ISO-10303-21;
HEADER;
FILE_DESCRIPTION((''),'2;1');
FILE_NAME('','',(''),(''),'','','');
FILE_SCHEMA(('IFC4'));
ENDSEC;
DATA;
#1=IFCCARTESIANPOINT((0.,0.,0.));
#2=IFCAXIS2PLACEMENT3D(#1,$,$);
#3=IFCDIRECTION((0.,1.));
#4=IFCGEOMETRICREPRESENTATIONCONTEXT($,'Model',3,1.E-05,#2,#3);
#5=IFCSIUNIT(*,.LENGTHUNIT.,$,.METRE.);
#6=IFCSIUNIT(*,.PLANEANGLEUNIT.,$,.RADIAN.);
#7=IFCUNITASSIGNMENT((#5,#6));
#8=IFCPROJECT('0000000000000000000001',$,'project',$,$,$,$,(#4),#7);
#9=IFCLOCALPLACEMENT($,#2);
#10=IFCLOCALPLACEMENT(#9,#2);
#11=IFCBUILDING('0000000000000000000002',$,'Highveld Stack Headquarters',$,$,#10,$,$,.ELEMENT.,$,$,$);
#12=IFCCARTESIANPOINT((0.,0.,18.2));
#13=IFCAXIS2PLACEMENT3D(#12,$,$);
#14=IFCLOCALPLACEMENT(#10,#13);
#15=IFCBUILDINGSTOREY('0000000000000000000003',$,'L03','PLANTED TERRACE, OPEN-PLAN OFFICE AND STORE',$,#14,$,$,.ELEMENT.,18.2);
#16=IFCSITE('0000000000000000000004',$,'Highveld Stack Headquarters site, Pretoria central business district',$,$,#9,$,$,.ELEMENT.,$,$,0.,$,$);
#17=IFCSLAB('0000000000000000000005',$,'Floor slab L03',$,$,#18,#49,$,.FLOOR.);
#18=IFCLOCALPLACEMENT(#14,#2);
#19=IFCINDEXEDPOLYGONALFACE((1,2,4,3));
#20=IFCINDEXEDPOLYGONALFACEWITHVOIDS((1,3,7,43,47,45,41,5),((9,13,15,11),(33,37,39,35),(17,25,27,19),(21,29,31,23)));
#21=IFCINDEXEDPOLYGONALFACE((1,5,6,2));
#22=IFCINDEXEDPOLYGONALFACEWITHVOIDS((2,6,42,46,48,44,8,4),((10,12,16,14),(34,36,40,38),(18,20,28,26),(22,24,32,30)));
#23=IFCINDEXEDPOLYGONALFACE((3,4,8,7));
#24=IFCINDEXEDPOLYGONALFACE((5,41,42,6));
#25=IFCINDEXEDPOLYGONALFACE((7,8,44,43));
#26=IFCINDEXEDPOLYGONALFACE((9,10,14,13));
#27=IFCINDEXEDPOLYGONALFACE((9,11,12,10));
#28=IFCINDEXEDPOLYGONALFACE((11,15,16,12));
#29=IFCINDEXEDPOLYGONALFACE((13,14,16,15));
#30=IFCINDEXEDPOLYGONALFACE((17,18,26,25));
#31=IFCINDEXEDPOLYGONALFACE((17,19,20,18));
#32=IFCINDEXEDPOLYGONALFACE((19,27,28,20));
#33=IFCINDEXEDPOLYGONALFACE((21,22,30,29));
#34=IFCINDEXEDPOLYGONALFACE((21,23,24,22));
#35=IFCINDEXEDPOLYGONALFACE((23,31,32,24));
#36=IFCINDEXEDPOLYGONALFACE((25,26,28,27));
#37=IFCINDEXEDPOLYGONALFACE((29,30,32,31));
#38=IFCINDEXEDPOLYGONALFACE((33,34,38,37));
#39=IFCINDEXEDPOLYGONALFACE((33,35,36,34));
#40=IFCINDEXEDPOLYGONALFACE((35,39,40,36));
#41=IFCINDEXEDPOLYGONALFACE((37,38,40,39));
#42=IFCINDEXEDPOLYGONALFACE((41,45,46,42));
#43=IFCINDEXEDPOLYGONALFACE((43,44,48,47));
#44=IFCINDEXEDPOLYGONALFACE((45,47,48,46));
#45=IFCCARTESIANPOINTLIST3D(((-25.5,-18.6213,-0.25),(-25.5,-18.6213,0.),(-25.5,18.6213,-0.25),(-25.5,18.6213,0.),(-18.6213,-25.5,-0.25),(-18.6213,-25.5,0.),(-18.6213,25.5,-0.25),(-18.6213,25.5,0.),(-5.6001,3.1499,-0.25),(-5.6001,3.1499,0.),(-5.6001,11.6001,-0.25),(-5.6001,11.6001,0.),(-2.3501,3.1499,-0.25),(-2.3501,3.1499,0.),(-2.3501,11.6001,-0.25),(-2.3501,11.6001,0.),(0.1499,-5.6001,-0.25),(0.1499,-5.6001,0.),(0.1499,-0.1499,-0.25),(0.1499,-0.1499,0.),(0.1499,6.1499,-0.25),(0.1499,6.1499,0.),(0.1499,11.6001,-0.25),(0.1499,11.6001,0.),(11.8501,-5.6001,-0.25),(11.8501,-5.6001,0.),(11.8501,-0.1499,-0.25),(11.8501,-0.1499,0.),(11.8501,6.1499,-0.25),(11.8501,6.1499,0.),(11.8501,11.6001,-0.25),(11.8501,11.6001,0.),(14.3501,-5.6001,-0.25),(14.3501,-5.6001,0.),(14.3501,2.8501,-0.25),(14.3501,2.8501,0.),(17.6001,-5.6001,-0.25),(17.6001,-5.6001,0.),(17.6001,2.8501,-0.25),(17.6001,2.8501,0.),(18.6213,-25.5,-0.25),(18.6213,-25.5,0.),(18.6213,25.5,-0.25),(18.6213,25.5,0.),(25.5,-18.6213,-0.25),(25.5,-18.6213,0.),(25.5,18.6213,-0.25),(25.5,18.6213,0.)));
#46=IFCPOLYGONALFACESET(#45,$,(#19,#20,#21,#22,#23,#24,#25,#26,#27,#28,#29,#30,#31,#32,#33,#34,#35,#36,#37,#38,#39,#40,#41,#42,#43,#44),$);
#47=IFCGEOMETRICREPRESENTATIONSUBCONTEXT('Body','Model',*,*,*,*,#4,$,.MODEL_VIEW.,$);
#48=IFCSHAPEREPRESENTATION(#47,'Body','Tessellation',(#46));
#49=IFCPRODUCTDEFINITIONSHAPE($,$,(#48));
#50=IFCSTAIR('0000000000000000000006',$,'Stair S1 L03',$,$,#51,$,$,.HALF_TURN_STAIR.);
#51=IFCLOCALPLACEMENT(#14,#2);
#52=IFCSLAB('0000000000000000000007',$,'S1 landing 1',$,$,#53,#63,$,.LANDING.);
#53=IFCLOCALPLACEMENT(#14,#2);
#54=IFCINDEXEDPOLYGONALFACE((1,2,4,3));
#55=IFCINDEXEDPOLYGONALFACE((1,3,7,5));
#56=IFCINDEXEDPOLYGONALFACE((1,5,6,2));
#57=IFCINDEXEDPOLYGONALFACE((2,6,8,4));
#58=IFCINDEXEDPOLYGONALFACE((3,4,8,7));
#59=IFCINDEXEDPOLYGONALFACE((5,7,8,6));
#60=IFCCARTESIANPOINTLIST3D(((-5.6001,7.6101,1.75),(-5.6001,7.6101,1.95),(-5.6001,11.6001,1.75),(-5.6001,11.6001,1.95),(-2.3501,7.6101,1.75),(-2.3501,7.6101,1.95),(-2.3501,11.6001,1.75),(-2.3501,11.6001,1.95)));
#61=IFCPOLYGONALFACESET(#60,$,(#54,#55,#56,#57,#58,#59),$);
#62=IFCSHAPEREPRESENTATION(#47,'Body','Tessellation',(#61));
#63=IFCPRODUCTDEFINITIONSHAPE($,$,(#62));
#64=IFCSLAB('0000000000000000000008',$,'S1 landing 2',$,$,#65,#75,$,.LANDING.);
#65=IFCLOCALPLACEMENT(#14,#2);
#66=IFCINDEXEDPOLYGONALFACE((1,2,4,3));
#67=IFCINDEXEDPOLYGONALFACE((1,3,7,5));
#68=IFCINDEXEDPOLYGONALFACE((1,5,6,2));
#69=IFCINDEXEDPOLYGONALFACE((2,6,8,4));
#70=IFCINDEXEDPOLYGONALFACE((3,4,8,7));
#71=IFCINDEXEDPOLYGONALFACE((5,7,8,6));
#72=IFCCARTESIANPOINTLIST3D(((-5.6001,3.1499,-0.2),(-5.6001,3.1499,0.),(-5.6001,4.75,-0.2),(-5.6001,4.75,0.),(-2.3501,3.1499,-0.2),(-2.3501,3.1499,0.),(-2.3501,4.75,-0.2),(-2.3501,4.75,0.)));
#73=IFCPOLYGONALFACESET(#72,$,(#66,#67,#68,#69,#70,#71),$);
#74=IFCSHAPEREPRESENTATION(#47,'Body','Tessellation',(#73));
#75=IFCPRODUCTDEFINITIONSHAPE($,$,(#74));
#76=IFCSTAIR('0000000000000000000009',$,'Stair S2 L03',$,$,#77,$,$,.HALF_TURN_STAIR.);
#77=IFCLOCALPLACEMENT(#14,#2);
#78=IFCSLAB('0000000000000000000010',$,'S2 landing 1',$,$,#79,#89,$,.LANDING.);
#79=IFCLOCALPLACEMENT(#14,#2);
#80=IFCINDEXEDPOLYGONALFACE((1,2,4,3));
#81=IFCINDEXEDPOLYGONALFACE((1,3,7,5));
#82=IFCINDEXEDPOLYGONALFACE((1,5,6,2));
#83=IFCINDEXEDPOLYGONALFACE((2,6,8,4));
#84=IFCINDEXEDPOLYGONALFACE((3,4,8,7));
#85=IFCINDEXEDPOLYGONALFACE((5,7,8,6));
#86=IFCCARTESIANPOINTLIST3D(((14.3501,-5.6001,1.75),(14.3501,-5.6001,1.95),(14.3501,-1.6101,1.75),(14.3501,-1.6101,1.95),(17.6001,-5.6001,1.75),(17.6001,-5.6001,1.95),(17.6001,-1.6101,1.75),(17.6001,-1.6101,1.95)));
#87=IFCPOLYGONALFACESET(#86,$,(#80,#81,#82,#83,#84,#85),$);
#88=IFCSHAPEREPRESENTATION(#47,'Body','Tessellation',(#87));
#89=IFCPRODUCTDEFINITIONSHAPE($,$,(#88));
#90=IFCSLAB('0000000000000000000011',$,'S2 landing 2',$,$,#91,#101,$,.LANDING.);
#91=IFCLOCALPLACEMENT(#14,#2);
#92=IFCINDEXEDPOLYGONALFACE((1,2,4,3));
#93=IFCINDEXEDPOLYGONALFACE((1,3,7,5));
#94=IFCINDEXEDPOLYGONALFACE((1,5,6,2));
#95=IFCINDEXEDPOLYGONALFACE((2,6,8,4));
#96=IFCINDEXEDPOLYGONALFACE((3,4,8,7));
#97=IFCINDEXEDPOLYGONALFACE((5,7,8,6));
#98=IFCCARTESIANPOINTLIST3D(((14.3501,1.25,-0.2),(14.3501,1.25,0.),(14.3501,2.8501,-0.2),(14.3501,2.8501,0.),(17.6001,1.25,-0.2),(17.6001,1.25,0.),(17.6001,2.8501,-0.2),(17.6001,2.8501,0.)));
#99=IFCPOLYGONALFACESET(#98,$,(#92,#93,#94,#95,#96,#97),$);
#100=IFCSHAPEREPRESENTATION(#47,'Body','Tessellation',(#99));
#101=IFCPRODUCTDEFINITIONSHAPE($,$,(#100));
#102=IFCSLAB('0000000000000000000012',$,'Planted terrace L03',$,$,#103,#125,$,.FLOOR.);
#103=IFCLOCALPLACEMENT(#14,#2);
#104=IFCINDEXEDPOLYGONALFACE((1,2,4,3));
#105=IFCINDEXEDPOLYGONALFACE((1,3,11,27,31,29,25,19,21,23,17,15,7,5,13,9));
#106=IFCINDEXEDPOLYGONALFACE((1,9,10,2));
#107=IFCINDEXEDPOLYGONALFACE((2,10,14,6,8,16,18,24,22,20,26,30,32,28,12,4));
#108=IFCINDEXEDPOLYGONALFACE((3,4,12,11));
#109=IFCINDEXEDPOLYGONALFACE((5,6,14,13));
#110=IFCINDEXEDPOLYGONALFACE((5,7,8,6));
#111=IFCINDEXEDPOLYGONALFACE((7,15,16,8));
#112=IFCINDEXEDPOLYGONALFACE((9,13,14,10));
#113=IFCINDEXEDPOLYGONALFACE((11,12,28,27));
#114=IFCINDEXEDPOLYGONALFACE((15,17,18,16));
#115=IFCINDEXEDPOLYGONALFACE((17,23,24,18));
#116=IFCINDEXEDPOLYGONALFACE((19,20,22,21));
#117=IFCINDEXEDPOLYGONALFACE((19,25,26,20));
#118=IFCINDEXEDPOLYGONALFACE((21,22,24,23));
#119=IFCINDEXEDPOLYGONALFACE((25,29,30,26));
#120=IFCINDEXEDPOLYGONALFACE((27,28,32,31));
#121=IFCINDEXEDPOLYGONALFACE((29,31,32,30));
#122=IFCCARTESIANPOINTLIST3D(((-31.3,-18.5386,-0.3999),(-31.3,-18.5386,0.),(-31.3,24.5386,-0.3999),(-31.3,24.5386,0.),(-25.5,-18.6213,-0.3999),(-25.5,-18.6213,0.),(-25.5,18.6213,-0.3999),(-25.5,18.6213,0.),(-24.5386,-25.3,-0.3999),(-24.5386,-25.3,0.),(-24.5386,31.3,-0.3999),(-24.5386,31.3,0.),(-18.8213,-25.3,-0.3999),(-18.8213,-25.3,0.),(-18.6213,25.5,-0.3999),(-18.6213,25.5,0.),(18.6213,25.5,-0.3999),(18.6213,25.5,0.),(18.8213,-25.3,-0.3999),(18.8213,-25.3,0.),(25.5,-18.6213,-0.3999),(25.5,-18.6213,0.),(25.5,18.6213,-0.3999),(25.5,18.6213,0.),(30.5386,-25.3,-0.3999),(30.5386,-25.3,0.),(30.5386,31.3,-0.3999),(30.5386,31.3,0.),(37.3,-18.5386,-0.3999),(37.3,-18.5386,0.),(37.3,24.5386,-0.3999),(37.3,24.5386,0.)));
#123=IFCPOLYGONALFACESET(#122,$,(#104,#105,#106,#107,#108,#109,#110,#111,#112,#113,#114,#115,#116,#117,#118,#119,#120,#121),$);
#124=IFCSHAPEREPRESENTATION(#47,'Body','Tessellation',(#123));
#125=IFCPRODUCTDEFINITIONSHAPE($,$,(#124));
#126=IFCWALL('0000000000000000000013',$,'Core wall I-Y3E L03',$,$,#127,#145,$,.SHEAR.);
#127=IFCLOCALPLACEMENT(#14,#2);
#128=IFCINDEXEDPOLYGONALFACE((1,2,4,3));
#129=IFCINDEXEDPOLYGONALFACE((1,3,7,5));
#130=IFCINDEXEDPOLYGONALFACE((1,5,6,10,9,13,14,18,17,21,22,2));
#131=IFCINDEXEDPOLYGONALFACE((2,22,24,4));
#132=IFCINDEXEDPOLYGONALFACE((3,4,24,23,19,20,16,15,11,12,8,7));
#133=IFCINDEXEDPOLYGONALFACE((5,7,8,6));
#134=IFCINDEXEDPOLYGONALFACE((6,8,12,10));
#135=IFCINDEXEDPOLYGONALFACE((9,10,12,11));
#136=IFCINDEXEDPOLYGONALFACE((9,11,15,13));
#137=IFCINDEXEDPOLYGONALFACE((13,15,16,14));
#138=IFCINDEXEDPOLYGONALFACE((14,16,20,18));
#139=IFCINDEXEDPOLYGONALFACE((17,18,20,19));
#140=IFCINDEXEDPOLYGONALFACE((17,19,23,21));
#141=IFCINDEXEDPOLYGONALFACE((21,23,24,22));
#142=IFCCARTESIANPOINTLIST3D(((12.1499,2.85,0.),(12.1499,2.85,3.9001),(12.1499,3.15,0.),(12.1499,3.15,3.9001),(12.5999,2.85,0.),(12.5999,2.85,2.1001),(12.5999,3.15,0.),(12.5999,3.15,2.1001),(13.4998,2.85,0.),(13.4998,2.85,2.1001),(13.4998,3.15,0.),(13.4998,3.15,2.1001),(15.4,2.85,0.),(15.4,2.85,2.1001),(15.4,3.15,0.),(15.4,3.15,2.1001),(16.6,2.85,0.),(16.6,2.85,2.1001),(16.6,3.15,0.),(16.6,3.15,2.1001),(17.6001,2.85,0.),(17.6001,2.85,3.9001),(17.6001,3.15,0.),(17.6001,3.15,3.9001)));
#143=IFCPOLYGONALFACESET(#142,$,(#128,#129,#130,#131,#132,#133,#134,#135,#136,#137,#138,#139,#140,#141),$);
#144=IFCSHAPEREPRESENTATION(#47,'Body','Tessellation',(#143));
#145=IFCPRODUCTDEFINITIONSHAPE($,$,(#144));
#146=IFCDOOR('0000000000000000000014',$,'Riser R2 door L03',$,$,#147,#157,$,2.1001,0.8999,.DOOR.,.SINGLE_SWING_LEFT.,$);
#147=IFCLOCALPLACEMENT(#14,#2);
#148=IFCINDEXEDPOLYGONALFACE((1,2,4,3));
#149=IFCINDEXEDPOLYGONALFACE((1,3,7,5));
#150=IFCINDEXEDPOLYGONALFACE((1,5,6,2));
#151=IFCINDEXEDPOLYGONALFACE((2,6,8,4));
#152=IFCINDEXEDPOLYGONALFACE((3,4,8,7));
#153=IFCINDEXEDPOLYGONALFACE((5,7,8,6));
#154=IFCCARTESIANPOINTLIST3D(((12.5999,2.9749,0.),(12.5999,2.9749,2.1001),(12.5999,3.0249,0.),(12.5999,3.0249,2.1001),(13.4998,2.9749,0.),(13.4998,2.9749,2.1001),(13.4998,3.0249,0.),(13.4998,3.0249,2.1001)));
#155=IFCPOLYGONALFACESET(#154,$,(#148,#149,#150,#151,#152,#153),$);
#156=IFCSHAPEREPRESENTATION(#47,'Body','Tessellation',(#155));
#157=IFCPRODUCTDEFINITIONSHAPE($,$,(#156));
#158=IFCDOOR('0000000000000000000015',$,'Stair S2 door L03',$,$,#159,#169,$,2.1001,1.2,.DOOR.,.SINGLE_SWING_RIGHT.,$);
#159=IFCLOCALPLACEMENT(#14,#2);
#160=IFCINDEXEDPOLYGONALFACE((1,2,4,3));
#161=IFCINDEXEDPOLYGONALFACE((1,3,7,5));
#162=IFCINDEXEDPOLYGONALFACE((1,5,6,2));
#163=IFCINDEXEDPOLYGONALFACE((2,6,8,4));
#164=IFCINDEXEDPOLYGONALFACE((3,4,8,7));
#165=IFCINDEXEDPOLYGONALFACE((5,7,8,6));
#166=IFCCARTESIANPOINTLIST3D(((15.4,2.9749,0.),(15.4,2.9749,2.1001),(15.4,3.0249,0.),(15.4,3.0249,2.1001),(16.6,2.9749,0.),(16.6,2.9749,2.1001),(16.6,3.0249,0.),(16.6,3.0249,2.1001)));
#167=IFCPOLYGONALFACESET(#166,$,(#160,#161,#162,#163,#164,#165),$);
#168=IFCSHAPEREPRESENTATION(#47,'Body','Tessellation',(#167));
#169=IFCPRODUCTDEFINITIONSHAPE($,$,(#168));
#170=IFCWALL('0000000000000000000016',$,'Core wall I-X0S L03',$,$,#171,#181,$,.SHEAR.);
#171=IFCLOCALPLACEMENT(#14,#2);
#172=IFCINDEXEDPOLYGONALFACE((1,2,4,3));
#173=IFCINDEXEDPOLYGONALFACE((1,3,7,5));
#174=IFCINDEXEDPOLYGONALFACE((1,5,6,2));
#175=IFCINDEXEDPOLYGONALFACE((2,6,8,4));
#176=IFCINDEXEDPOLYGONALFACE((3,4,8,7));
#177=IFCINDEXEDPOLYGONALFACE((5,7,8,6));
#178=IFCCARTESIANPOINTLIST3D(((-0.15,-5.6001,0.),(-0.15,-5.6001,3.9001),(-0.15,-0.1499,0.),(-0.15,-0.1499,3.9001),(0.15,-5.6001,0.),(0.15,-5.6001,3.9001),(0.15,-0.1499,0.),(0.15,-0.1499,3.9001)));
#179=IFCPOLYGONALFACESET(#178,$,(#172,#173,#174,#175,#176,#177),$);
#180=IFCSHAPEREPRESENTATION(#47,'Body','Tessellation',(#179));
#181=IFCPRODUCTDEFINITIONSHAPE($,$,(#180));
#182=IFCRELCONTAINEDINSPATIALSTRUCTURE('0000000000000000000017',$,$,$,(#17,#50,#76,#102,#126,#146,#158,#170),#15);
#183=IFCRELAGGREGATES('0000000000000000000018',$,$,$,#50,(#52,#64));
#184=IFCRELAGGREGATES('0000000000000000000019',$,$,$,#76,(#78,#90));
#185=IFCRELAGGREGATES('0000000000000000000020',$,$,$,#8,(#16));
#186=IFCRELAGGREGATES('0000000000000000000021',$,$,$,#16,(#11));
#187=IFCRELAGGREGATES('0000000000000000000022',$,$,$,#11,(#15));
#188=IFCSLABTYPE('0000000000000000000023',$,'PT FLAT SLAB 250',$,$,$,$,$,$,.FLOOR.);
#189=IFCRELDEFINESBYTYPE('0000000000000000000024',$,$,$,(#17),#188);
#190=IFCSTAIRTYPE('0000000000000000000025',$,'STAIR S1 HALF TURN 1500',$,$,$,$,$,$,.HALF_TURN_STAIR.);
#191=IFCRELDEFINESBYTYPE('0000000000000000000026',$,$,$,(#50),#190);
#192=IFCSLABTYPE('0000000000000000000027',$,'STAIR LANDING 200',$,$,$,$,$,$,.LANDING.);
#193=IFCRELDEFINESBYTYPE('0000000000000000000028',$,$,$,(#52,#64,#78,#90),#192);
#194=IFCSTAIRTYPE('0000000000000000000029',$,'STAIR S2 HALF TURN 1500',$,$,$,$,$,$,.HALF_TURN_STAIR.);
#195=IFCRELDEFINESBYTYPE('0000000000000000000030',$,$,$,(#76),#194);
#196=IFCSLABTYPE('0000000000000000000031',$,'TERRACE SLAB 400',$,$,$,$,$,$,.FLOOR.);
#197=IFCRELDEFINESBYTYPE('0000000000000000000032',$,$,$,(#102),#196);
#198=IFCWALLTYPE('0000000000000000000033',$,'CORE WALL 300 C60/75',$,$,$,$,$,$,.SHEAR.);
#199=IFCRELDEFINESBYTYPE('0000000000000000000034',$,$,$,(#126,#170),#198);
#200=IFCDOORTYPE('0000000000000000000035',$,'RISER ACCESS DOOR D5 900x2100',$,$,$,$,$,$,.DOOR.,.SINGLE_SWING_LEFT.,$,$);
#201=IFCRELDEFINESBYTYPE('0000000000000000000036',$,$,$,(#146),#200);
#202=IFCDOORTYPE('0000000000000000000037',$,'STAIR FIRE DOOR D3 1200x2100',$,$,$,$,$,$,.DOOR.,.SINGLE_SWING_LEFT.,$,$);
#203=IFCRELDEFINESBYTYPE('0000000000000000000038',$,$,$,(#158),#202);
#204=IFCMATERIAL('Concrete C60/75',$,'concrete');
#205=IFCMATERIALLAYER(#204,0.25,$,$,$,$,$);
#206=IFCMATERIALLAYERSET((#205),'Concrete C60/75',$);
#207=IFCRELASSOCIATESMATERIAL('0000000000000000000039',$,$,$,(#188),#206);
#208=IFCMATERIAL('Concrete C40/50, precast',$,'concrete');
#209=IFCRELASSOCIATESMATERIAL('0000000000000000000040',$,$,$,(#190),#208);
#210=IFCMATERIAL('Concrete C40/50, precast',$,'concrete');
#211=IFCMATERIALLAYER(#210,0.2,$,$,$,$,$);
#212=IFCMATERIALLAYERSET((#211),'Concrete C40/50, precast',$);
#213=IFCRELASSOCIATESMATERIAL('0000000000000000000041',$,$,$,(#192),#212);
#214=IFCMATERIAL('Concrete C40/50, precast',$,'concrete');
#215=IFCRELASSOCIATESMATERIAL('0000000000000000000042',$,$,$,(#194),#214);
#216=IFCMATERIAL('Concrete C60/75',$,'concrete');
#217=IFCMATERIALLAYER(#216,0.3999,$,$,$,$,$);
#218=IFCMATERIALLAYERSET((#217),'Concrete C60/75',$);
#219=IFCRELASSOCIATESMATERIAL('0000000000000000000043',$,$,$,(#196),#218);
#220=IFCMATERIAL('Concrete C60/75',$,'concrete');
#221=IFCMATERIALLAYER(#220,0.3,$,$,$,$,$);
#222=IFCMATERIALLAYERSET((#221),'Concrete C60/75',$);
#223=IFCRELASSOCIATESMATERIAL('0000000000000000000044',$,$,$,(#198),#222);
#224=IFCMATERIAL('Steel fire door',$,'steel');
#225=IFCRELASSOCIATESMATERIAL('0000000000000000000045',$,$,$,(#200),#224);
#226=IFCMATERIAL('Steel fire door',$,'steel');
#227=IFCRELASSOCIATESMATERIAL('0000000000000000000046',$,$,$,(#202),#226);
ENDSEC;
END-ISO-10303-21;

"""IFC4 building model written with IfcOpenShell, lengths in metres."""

from ifc_helpers import new_model, si_unit, direction, frame, frame_2d, origin, place, context, subcontext, project, spatial, polyline, rectangle, outline, extrude, material, layer, layer_set, type_object, element, fill, aggregate, save


model = new_model("IFC4")

# Units and contexts
model_context = context("Model", 3, precision=1e-05, world=origin(), true_north=direction((0.0, 1.0)))
body_context = subcontext(model_context, "Body", "Model", "MODEL_VIEW")
ifc_project = project(units=[si_unit("LENGTHUNIT", "METRE"), si_unit("PLANEANGLEUNIT", "RADIAN")], contexts=[model_context])

# Site, building, storey
site_placement = place(None, origin())
site = spatial("IfcSite", under=ifc_project, at=site_placement, Name="Highveld Stack Headquarters site, Pretoria central business district", CompositionType="ELEMENT", RefElevation=0.0)
building_placement = place(site_placement, origin())
building = spatial("IfcBuilding", under=site, at=building_placement, Name="Highveld Stack Headquarters", CompositionType="ELEMENT")
storey_placement = place(building_placement, frame((0.0, 0.0, 18.2)))
storey = spatial("IfcBuildingStorey", under=building, at=storey_placement, Name="L03", Description="PLANTED TERRACE, OPEN-PLAN OFFICE AND STORE", CompositionType="ELEMENT", Elevation=18.2)

# Slab
ifc_material_1 = material(Name="Concrete C60/75", Category="concrete")
ifc_layer_1 = layer(ifc_material_1, 0.25)
ifc_layer_set_1 = layer_set([ifc_layer_1], Name="Concrete C60/75")
slab_type_1 = type_object("IfcSlabType", Name="PT FLAT SLAB 250", PredefinedType="FLOOR", material=ifc_layer_set_1)
slab_1_placement = place(storey_placement, frame((0.0, 0.0, -0.25)))
element("IfcSlab", 1, at=slab_1_placement, inside=storey, type_object=slab_type_1, Name="Floor slab L03", PredefinedType="FLOOR", context=body_context, shape_type="SweptSolid", body=[
    extrude(outline(polyline([(-18.6213, -25.5), (18.6213, -25.5), (25.5, -18.6213), (25.5, 18.6213), (18.6213, 25.5), (-18.6213, 25.5), (-25.5, 18.6213), (-25.5, -18.6213), (-18.6213, -25.5)]), holes=[polyline([(0.1499, 6.1499), (11.8501, 6.1499), (11.8501, 11.6001), (0.1499, 11.6001), (0.1499, 6.1499)]), polyline([(0.1499, -5.6001), (11.8501, -5.6001), (11.8501, -0.1499), (0.1499, -0.1499), (0.1499, -5.6001)]), polyline([(-5.6001, 3.1499), (-2.3501, 3.1499), (-2.3501, 11.6001), (-5.6001, 11.6001), (-5.6001, 3.1499)]), polyline([(14.3501, -5.6001), (17.6001, -5.6001), (17.6001, 2.8501), (14.3501, 2.8501), (14.3501, -5.6001)])]), origin(), (0.0, 0.0, 1.0), 0.25),
])

# Stairs, slabs
ifc_material_2 = material(Name="Concrete C40/50, precast", Category="concrete")
stair_type_1 = type_object("IfcStairType", Name="STAIR S1 HALF TURN 1500", PredefinedType="HALF_TURN_STAIR", material=ifc_material_2)
stair_1_placement = place(storey_placement, origin())
stair_1 = element("IfcStair", 2, at=stair_1_placement, inside=storey, type_object=stair_type_1, Name="Stair S1 L03", PredefinedType="HALF_TURN_STAIR")
ifc_material_3 = material(Name="Concrete C40/50, precast", Category="concrete")
ifc_layer_2 = layer(ifc_material_3, 0.2)
ifc_layer_set_2 = layer_set([ifc_layer_2], Name="Concrete C40/50, precast")
slab_type_2 = type_object("IfcSlabType", Name="STAIR LANDING 200", PredefinedType="LANDING", material=ifc_layer_set_2)
slab_2_placement = place(storey_placement, frame((0.0, 0.0, 1.75)))
slab_2 = element("IfcSlab", 3, at=slab_2_placement, type_object=slab_type_2, Name="S1 landing 1", PredefinedType="LANDING", context=body_context, shape_type="SweptSolid", body=[
    extrude(outline(polyline([(-5.6001, 7.6101), (-2.3501, 7.6101), (-2.3501, 11.6001), (-5.6001, 11.6001), (-5.6001, 7.6101)])), origin(), (0.0, 0.0, 1.0), 0.2),
])
slab_3_placement = place(storey_placement, frame((0.0, 0.0, -0.2)))
slab_3 = element("IfcSlab", 4, at=slab_3_placement, type_object=slab_type_2, Name="S1 landing 2", PredefinedType="LANDING", context=body_context, shape_type="SweptSolid", body=[
    extrude(outline(polyline([(-5.6001, 3.1499), (-2.3501, 3.1499), (-2.3501, 4.75), (-5.6001, 4.75), (-5.6001, 3.1499)])), origin(), (0.0, 0.0, 1.0), 0.2),
])
aggregate(stair_1, [slab_2, slab_3])
ifc_material_4 = material(Name="Concrete C40/50, precast", Category="concrete")
stair_type_2 = type_object("IfcStairType", Name="STAIR S2 HALF TURN 1500", PredefinedType="HALF_TURN_STAIR", material=ifc_material_4)
stair_2_placement = place(storey_placement, origin())
stair_2 = element("IfcStair", 5, at=stair_2_placement, inside=storey, type_object=stair_type_2, Name="Stair S2 L03", PredefinedType="HALF_TURN_STAIR")
slab_4_placement = place(storey_placement, frame((0.0, 0.0, 1.75)))
slab_4 = element("IfcSlab", 6, at=slab_4_placement, type_object=slab_type_2, Name="S2 landing 1", PredefinedType="LANDING", context=body_context, shape_type="SweptSolid", body=[
    extrude(outline(polyline([(14.3501, -5.6001), (17.6001, -5.6001), (17.6001, -1.6101), (14.3501, -1.6101), (14.3501, -5.6001)])), origin(), (0.0, 0.0, 1.0), 0.2),
])
slab_5_placement = place(storey_placement, frame((0.0, 0.0, -0.2)))
slab_5 = element("IfcSlab", 7, at=slab_5_placement, type_object=slab_type_2, Name="S2 landing 2", PredefinedType="LANDING", context=body_context, shape_type="SweptSolid", body=[
    extrude(outline(polyline([(14.3501, 1.25), (17.6001, 1.25), (17.6001, 2.8501), (14.3501, 2.8501), (14.3501, 1.25)])), origin(), (0.0, 0.0, 1.0), 0.2),
])

# Slab
ifc_material_5 = material(Name="Concrete C60/75", Category="concrete")
ifc_layer_3 = layer(ifc_material_5, 0.3999)
ifc_layer_set_3 = layer_set([ifc_layer_3], Name="Concrete C60/75")
slab_type_3 = type_object("IfcSlabType", Name="TERRACE SLAB 400", PredefinedType="FLOOR", material=ifc_layer_set_3)
slab_6_placement = place(storey_placement, frame((0.0, 0.0, -0.3999)))
element("IfcSlab", 8, at=slab_6_placement, inside=storey, type_object=slab_type_3, Name="Planted terrace L03", PredefinedType="FLOOR", context=body_context, shape_type="SweptSolid", body=[
    extrude(outline(polyline([(-24.5386, -25.3), (-31.3, -18.5386), (-31.3, 24.5386), (-24.5386, 31.3), (30.5386, 31.3), (37.3, 24.5386), (37.3, -18.5386), (30.5386, -25.3), (18.8213, -25.3), (25.5, -18.6213), (25.5, 18.6213), (18.6213, 25.5), (-18.6213, 25.5), (-25.5, 18.6213), (-25.5, -18.6213), (-18.8213, -25.3), (-24.5386, -25.3)])), origin(), (0.0, 0.0, 1.0), 0.3999),
])

# Wall, openings, doors
ifc_material_6 = material(Name="Concrete C60/75", Category="concrete")
ifc_layer_4 = layer(ifc_material_6, 0.3)
ifc_layer_set_4 = layer_set([ifc_layer_4], Name="Concrete C60/75")
wall_type_1 = type_object("IfcWallType", Name="CORE WALL 300 C60/75", PredefinedType="SHEAR", material=ifc_layer_set_4)
wall_1_placement = place(storey_placement, frame((12.1499, 3.0, 0.0), z_axis=(0.0, 0.0, 1.0), x_axis=(1.0, 0.0, 0.0)))
wall_1 = element("IfcWall", 9, at=wall_1_placement, inside=storey, type_object=wall_type_1, Name="Core wall I-Y3E L03", PredefinedType="SHEAR", context=body_context, shape_type="SweptSolid", body=[
    extrude(rectangle(XDim=5.4502, YDim=0.3, at=frame_2d((2.7251, 0.0))), origin(), (0.0, 0.0, 1.0), 3.9001),
])
opening_1_placement = place(wall_1_placement, frame((3.25, 0.0, 0.0)))
opening_1 = element("IfcOpeningElement", 10, at=opening_1_placement, cuts=wall_1, PredefinedType="OPENING", context=body_context, shape_type="SweptSolid", body=[
    extrude(rectangle(XDim=1.2, YDim=2.1001, at=frame_2d((0.6001, 1.05))), frame((0.0, 0.1599, 0.0), z_axis=(0.0, -1.0, 0.0), x_axis=(1.0, 0.0, 0.0)), (0.0, 0.0, 1.0), 0.3201),
])
opening_2_placement = place(wall_1_placement, frame((0.45, 0.0, 0.0)))
opening_2 = element("IfcOpeningElement", 11, at=opening_2_placement, cuts=wall_1, PredefinedType="OPENING", context=body_context, shape_type="SweptSolid", body=[
    extrude(rectangle(XDim=0.8999, YDim=2.1001, at=frame_2d((0.45, 1.05))), frame((0.0, 0.1599, 0.0), z_axis=(0.0, -1.0, 0.0), x_axis=(1.0, 0.0, 0.0)), (0.0, 0.0, 1.0), 0.3201),
])
ifc_material_7 = material(Name="Steel fire door", Category="steel")
door_type_1 = type_object("IfcDoorType", Name="RISER ACCESS DOOR D5 900x2100", OperationType="SINGLE_SWING_LEFT", PredefinedType="DOOR", material=ifc_material_7)
door_1_placement = place(opening_2_placement, origin())
door_1 = element("IfcDoor", 12, at=door_1_placement, inside=storey, type_object=door_type_1, Name="Riser R2 door L03", OperationType="SINGLE_SWING_LEFT", OverallHeight=2.1001, OverallWidth=0.8999, PredefinedType="DOOR", context=body_context, shape_type="SweptSolid", body=[
    extrude(rectangle(XDim=0.8999, YDim=2.1001, at=frame_2d((0.45, 1.05))), frame((0.0, 0.0249, 0.0), z_axis=(0.0, -1.0, 0.0), x_axis=(1.0, 0.0, 0.0)), (0.0, 0.0, 1.0), 0.05),
])
fill(opening_2, door_1)
ifc_material_8 = material(Name="Steel fire door", Category="steel")
door_type_2 = type_object("IfcDoorType", Name="STAIR FIRE DOOR D3 1200x2100", OperationType="SINGLE_SWING_LEFT", PredefinedType="DOOR", material=ifc_material_8)
door_2_placement = place(opening_1_placement, origin())
door_2 = element("IfcDoor", 13, at=door_2_placement, inside=storey, type_object=door_type_2, Name="Stair S2 door L03", OperationType="SINGLE_SWING_RIGHT", OverallHeight=2.1001, OverallWidth=1.2, PredefinedType="DOOR", context=body_context, shape_type="SweptSolid", body=[
    extrude(rectangle(XDim=1.2, YDim=2.1001, at=frame_2d((0.6001, 1.05))), frame((0.0, 0.0249, 0.0), z_axis=(0.0, -1.0, 0.0), x_axis=(1.0, 0.0, 0.0)), (0.0, 0.0, 1.0), 0.05),
])
fill(opening_1, door_2)

# Wall
wall_2_placement = place(storey_placement, frame((0.0, -5.6001, 0.0), z_axis=(0.0, 0.0, 1.0), x_axis=(0.0, 1.0, 0.0)))
element("IfcWall", 14, at=wall_2_placement, inside=storey, type_object=wall_type_1, Name="Core wall I-X0S L03", PredefinedType="SHEAR", context=body_context, shape_type="SweptSolid", body=[
    extrude(rectangle(XDim=5.4502, YDim=0.3, at=frame_2d((2.7251, 0.0))), origin(), (0.0, 0.0, 1.0), 3.9001),
])

aggregate(stair_2, [slab_4, slab_5])

save(model, "model.ifc")
